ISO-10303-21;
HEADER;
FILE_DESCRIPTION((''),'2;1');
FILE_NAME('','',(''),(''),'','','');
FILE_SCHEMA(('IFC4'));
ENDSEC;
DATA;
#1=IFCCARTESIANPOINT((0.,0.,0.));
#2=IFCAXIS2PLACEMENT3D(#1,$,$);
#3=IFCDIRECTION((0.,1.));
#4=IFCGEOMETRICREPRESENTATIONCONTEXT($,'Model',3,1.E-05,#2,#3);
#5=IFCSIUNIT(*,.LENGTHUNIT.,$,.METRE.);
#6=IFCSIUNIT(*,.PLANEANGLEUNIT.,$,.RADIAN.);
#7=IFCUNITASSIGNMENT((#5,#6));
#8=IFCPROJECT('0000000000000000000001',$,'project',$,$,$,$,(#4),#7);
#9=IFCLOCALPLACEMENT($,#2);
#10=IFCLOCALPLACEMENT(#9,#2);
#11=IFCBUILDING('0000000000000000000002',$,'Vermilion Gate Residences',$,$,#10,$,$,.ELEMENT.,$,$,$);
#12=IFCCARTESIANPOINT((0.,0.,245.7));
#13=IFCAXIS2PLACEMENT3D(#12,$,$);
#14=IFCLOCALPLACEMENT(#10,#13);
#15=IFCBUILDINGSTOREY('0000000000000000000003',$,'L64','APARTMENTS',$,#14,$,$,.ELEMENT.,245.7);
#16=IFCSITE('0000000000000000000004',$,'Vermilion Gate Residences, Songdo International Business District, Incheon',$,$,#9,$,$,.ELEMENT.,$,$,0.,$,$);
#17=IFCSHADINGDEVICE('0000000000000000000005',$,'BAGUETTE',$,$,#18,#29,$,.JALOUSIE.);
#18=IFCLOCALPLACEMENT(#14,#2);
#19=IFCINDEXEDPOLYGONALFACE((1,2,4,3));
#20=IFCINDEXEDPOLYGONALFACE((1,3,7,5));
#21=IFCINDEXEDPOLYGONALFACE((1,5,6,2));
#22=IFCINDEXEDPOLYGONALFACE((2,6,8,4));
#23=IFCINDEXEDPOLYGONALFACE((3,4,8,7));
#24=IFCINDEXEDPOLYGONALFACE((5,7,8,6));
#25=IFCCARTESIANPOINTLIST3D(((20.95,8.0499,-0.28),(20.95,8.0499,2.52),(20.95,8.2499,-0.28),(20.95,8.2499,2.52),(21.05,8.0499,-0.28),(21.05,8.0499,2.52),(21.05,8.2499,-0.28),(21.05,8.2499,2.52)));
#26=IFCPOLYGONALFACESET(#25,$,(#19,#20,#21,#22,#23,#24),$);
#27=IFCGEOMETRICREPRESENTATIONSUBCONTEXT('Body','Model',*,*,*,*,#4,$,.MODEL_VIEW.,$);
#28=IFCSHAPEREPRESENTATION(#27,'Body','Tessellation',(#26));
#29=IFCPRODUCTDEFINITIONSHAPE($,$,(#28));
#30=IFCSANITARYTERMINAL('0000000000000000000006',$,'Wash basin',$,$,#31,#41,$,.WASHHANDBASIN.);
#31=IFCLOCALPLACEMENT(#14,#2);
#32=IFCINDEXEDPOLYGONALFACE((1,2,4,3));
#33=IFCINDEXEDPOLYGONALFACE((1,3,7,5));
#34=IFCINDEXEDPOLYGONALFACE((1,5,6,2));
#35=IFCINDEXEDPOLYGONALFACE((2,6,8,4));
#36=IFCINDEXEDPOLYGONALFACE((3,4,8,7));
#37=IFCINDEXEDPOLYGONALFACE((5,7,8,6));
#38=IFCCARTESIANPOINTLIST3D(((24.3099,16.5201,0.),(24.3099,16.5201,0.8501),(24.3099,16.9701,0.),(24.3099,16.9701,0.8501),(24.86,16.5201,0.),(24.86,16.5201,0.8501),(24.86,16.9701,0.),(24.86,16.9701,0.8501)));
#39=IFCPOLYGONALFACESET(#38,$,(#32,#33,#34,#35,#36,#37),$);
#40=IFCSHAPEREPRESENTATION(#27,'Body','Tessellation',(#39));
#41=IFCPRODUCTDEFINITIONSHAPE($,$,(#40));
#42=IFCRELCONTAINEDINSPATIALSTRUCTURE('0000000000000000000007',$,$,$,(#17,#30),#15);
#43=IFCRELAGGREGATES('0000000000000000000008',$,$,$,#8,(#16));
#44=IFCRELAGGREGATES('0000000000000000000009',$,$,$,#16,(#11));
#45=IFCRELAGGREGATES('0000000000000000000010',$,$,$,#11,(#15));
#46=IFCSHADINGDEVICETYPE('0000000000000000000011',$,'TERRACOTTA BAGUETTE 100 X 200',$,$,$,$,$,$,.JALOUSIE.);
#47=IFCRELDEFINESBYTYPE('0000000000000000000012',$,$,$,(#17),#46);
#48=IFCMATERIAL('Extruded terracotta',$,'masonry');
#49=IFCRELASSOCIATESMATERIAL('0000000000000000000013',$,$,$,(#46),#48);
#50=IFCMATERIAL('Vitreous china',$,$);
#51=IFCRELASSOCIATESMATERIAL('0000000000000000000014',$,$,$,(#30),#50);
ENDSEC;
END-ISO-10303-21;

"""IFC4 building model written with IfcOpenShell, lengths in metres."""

from ifc_helpers import new_model, si_unit, direction, frame, origin, origin_2d, place, context, subcontext, project, spatial, rectangle, extrude, material, material_profile, profile_set, type_object, element, save


model = new_model("IFC4")

# Units and contexts
model_context = context("Model", 3, precision=1e-05, world=origin(), true_north=direction((0.0, 1.0)))
body_context = subcontext(model_context, "Body", "Model", "MODEL_VIEW")
ifc_project = project(units=[si_unit("LENGTHUNIT", "METRE"), si_unit("PLANEANGLEUNIT", "RADIAN")], contexts=[model_context])

# Site, building, storey
site_placement = place(None, origin())
site = spatial("IfcSite", under=ifc_project, at=site_placement, Name="Vermilion Gate Residences, Songdo International Business District, Incheon", CompositionType="ELEMENT", RefElevation=0.0)
building_placement = place(site_placement, origin())
building = spatial("IfcBuilding", under=site, at=building_placement, Name="Vermilion Gate Residences", CompositionType="ELEMENT")
storey_placement = place(building_placement, frame((0.0, 0.0, 245.7)))
storey = spatial("IfcBuildingStorey", under=building, at=storey_placement, Name="L64", Description="APARTMENTS", CompositionType="ELEMENT", Elevation=245.7)

# Shading device
ifc_material_1 = material(Name="Extruded terracotta", Category="masonry")
ifc_material_profile_1 = material_profile(ifc_material_1, rectangle(XDim=0.2, YDim=0.1001, at=origin_2d()), Name="BAGUETTE 100 X 200")
ifc_profile_set_1 = profile_set([ifc_material_profile_1], Name="Extruded terracotta")
shading_device_type_1 = type_object("IfcShadingDeviceType", Name="TERRACOTTA BAGUETTE 100 X 200", PredefinedType="JALOUSIE", material=ifc_profile_set_1)
shading_device_1_placement = place(storey_placement, frame((21.0, 8.1499, -0.28), z_axis=(0.0, 0.0, 1.0), x_axis=(0.0, 1.0, 0.0)))
element("IfcShadingDevice", 1, at=shading_device_1_placement, inside=storey, type_object=shading_device_type_1, Name="BAGUETTE", PredefinedType="JALOUSIE", context=body_context, shape_type="SweptSolid", body=[
    extrude(rectangle(XDim=0.2, YDim=0.1001, at=origin_2d()), origin(), (0.0, 0.0, 1.0), 2.8),
])

# Sanitary terminal
ifc_material_2 = material(Name="Vitreous china")
sanitary_terminal_placement = place(storey_placement, frame((24.585, 16.7451, 0.0), z_axis=(0.0, 0.0, 1.0), x_axis=(1.0, 0.0, 0.0)))
element("IfcSanitaryTerminal", 2, at=sanitary_terminal_placement, inside=storey, material=ifc_material_2, Name="Wash basin", PredefinedType="WASHHANDBASIN", context=body_context, shape_type="SweptSolid", body=[
    extrude(rectangle(XDim=0.55, YDim=0.45, at=origin_2d()), origin(), (0.0, 0.0, 1.0), 0.8501),
])

save(model, "model.ifc")
